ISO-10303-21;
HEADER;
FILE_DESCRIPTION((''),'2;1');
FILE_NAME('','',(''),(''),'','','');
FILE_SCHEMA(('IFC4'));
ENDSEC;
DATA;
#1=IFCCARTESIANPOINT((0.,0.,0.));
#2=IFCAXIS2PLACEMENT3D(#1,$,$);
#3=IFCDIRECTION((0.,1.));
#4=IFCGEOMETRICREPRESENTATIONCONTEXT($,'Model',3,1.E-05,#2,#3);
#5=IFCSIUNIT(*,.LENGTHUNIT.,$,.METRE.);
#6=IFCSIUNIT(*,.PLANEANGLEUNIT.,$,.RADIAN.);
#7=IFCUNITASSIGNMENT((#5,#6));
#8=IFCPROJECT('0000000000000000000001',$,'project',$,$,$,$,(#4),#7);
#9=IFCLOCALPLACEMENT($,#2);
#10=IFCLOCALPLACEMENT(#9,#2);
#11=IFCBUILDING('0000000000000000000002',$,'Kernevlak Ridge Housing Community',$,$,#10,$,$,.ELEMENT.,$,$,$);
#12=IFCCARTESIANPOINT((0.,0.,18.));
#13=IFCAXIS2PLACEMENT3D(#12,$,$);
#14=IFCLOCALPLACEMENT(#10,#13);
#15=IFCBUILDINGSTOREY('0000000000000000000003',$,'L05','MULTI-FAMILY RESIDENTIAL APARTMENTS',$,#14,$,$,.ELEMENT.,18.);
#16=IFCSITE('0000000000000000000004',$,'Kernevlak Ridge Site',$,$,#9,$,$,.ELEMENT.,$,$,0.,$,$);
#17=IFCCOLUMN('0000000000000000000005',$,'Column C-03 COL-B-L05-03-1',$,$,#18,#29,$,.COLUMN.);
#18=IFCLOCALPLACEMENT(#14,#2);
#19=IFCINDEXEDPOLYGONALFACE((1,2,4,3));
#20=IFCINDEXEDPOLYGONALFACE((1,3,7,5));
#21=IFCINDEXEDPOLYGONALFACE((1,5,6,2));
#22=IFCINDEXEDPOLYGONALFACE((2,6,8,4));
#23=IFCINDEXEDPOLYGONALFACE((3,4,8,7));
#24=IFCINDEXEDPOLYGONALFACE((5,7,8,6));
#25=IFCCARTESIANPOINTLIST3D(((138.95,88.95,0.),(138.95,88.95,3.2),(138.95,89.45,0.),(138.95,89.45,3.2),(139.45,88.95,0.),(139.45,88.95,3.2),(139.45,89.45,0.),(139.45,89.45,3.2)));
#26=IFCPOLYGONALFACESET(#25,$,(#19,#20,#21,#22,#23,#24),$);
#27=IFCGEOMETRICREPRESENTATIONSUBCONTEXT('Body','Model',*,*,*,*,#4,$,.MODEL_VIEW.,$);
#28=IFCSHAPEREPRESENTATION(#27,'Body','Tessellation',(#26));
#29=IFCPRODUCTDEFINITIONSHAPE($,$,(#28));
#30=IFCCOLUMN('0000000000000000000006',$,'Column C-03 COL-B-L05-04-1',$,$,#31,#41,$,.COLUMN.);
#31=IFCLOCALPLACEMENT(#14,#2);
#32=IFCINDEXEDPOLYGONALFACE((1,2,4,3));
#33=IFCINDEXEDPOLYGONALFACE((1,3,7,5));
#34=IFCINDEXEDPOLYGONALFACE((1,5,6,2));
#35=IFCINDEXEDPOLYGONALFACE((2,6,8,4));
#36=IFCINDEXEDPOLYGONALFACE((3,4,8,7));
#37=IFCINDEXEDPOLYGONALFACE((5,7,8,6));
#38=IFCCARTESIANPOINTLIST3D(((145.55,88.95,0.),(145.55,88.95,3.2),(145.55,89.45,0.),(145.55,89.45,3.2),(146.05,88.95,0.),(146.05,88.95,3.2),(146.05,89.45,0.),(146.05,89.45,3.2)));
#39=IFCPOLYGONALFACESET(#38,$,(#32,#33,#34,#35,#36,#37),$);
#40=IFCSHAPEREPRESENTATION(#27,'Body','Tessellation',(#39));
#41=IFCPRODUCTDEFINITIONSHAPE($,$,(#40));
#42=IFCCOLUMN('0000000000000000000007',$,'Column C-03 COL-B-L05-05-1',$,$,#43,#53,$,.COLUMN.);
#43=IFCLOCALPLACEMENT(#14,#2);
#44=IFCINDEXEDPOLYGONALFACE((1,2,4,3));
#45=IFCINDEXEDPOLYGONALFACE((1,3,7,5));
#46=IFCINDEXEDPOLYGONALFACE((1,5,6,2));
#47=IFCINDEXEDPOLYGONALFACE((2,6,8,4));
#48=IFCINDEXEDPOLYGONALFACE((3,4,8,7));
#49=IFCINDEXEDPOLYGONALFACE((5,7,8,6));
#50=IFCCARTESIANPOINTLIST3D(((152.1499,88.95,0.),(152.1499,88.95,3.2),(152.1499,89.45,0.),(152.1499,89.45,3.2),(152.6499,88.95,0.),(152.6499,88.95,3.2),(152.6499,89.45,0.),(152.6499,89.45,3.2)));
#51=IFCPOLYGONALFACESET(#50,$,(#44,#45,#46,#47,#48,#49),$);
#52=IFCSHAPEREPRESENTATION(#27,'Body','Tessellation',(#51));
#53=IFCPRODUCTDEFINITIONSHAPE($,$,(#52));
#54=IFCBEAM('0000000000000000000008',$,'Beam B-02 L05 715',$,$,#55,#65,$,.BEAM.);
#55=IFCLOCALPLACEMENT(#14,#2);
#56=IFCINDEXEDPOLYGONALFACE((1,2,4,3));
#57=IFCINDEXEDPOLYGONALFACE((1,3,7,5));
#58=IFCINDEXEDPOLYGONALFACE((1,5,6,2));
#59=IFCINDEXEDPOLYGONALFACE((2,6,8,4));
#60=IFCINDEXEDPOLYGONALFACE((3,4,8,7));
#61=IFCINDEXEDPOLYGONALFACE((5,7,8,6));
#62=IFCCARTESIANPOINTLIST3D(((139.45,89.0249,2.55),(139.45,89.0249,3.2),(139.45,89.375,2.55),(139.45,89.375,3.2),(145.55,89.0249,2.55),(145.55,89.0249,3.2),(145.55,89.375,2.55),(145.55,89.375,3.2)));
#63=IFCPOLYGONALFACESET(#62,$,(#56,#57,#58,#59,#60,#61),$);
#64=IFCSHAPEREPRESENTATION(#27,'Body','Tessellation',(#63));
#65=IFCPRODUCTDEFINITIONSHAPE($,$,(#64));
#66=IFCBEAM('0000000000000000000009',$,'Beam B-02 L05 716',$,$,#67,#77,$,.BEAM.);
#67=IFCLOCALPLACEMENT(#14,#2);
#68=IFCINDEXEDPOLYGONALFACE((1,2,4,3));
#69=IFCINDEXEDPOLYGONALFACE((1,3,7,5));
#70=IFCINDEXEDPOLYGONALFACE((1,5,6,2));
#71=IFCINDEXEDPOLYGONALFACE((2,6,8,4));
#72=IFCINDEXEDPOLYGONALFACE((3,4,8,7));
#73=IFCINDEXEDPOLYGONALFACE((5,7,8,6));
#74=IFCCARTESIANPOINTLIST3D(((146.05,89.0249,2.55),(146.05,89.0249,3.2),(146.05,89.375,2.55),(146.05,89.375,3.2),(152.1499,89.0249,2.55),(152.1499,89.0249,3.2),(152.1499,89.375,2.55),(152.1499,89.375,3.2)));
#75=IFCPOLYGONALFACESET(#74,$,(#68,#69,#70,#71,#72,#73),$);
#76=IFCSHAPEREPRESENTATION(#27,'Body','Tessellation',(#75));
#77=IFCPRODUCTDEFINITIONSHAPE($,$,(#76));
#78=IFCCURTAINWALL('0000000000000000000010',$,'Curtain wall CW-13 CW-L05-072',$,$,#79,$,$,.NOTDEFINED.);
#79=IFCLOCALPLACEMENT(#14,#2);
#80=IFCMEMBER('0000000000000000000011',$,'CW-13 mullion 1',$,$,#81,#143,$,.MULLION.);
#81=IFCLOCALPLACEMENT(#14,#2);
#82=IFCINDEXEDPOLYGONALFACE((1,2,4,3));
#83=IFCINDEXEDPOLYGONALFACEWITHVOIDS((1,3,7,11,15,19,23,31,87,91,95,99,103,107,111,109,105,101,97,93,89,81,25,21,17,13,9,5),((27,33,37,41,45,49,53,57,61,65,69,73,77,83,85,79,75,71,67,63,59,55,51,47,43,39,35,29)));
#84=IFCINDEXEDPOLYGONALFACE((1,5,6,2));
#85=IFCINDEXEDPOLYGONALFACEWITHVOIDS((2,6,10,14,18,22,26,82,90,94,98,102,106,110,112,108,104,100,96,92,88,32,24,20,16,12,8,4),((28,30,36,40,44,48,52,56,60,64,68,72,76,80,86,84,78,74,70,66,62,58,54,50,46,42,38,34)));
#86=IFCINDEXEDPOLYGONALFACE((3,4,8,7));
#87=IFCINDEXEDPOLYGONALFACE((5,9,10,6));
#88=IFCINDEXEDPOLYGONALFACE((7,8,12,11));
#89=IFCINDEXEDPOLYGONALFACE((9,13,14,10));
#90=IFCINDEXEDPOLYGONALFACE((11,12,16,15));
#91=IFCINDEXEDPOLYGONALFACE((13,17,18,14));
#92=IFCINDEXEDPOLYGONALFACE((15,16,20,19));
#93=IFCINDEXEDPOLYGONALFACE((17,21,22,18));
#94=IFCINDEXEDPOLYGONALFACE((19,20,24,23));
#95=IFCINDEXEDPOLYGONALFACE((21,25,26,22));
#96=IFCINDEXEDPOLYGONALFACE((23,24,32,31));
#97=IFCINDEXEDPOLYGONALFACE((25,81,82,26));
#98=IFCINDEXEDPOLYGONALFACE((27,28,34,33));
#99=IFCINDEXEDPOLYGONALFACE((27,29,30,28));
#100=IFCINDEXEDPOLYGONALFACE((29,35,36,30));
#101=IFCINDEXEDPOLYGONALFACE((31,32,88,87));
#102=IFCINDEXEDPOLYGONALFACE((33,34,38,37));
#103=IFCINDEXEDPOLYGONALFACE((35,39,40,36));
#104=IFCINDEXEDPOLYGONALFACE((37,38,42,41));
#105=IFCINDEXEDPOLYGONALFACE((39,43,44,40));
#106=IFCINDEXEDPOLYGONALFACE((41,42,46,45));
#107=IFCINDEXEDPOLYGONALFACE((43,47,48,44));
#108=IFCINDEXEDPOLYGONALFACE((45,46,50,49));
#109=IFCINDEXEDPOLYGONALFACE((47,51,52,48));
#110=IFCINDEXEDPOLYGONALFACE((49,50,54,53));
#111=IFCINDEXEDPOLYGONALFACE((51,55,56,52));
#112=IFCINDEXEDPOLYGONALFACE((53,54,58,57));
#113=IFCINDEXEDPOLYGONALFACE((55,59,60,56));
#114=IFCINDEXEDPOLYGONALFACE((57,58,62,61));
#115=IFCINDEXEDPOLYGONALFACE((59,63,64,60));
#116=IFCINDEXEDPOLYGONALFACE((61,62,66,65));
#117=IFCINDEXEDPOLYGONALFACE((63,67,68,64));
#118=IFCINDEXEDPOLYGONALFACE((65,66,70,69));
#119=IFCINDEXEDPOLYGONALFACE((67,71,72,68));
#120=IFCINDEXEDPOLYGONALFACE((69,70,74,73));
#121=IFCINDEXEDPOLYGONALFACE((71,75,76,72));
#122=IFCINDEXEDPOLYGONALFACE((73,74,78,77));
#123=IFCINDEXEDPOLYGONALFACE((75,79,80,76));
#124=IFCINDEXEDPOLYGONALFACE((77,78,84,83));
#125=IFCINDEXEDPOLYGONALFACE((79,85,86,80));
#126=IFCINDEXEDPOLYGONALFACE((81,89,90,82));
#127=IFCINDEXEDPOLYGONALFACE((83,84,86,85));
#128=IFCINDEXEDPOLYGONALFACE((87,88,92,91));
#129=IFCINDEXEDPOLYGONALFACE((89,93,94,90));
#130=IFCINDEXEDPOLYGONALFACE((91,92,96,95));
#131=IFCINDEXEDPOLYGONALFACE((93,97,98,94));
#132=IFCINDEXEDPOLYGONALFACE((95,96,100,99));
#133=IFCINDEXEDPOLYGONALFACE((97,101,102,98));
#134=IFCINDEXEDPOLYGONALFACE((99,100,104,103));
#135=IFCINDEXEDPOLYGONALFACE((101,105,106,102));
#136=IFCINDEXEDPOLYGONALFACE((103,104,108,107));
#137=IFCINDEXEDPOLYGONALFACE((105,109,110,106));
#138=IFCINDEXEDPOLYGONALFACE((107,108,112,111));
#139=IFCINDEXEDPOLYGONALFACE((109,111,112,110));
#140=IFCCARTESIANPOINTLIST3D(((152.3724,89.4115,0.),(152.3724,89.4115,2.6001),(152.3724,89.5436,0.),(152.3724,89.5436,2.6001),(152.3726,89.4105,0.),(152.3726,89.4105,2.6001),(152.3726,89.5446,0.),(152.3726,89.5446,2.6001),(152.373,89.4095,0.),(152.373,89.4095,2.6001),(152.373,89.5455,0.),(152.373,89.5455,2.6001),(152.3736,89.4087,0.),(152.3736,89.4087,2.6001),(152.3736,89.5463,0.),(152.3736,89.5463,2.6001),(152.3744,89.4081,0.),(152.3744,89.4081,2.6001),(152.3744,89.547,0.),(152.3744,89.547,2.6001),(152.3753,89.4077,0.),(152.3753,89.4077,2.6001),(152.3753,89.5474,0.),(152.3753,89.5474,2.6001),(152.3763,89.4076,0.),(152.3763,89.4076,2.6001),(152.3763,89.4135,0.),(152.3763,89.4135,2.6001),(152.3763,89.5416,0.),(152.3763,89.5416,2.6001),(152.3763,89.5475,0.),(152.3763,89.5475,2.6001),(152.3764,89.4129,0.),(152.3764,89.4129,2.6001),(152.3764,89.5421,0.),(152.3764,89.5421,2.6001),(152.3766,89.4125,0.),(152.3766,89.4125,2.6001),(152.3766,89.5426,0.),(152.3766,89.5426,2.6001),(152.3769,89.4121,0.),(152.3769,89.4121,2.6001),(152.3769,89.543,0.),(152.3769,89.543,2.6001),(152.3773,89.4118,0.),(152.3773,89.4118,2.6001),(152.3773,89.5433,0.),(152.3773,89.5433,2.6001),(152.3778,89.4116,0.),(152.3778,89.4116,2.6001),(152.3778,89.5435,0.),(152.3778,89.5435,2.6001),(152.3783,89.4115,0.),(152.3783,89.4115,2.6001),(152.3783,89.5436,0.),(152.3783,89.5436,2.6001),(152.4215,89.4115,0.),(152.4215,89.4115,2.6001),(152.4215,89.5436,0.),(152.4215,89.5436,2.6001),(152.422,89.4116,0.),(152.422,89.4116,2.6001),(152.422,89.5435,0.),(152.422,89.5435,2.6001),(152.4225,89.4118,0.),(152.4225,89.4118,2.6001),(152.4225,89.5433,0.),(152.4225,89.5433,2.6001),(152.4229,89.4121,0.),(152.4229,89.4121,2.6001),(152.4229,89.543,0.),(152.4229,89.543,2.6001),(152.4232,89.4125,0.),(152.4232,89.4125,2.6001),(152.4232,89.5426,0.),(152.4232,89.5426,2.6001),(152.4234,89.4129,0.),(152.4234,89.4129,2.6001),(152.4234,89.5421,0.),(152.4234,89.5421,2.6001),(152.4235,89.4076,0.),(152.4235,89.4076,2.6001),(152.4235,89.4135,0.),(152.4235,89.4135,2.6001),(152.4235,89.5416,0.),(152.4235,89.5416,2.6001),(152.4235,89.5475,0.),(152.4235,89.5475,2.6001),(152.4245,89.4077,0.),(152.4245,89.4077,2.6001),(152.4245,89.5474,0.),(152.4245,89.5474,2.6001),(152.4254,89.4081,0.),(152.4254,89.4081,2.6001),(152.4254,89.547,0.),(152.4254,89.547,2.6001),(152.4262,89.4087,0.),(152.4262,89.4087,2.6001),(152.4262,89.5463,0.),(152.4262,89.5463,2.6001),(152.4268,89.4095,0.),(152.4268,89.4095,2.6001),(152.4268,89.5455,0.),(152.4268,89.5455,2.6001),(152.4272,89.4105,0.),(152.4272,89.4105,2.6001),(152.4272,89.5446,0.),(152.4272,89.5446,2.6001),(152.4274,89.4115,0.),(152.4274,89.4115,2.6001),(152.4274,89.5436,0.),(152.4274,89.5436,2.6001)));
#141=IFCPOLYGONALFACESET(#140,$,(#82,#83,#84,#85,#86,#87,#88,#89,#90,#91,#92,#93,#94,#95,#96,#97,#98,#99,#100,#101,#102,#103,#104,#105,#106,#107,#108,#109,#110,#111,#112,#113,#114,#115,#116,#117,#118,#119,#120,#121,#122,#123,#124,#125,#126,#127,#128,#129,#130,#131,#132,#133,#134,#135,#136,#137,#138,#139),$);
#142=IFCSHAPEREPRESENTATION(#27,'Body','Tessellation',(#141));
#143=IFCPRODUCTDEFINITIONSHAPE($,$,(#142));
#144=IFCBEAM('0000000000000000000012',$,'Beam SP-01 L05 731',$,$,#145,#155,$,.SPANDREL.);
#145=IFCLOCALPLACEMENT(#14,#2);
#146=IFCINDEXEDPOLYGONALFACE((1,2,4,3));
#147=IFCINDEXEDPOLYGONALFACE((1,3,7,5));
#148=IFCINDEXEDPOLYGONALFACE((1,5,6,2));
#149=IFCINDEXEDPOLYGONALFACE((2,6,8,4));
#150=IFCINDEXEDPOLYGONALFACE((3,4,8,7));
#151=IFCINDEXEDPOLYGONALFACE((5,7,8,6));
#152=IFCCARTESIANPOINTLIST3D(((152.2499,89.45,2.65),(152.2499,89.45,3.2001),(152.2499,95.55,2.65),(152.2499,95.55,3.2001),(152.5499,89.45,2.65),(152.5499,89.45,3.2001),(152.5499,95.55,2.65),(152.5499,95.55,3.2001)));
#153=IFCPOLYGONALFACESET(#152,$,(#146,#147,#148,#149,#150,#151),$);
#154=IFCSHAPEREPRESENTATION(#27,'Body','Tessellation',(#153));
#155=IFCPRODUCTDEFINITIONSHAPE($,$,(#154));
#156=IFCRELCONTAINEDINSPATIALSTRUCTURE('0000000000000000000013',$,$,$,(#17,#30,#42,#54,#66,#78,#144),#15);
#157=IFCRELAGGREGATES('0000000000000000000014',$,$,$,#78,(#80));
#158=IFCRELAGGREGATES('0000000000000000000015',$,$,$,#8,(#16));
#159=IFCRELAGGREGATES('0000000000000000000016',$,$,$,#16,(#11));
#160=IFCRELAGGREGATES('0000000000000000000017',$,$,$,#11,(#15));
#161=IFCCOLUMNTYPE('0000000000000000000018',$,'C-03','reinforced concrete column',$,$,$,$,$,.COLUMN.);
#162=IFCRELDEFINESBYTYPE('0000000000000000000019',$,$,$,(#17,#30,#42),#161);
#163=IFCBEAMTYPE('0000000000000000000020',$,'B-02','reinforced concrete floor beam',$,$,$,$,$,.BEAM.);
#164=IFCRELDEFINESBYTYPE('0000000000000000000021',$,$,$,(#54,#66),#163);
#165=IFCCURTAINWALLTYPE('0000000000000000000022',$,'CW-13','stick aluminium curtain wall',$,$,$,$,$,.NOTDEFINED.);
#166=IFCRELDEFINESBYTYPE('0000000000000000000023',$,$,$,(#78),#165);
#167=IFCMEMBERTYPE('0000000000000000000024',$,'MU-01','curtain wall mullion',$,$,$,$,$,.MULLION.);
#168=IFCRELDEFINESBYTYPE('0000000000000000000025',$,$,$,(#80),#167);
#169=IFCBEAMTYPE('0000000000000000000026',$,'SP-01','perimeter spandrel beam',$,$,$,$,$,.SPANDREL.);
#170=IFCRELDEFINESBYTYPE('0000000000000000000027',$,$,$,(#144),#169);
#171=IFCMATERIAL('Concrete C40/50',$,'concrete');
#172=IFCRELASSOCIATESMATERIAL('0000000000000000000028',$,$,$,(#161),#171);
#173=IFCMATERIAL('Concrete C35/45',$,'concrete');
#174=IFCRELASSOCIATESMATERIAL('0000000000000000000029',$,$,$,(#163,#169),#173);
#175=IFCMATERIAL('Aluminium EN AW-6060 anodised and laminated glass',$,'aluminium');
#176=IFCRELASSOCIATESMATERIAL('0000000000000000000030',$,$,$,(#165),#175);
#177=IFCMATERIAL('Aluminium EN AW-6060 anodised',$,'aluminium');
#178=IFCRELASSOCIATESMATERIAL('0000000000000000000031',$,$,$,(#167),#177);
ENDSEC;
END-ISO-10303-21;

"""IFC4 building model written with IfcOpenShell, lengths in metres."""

from ifc_helpers import new_model, si_unit, direction, frame, origin, origin_2d, place, context, subcontext, project, spatial, rectangle, hollow_rectangle, extrude, material, material_profile, profile_set, type_object, element, aggregate, save


model = new_model("IFC4")

# Units and contexts
model_context = context("Model", 3, precision=1e-05, world=origin(), true_north=direction((0.0, 1.0)))
body_context = subcontext(model_context, "Body", "Model", "MODEL_VIEW")
ifc_project = project(units=[si_unit("LENGTHUNIT", "METRE"), si_unit("PLANEANGLEUNIT", "RADIAN")], contexts=[model_context])

# Site, building, storey
site_placement = place(None, origin())
site = spatial("IfcSite", under=ifc_project, at=site_placement, Name="Kernevlak Ridge Site", CompositionType="ELEMENT", RefElevation=0.0)
building_placement = place(site_placement, origin())
building = spatial("IfcBuilding", under=site, at=building_placement, Name="Kernevlak Ridge Housing Community", CompositionType="ELEMENT")
storey_placement = place(building_placement, frame((0.0, 0.0, 18.0)))
storey = spatial("IfcBuildingStorey", under=building, at=storey_placement, Name="L05", Description="MULTI-FAMILY RESIDENTIAL APARTMENTS", CompositionType="ELEMENT", Elevation=18.0)

# Columns
ifc_material_1 = material(Name="Concrete C40/50", Category="concrete")
ifc_material_profile_1 = material_profile(ifc_material_1, rectangle(XDim=0.5, YDim=0.5, at=origin_2d()), Name="RC 500x500")
ifc_profile_set_1 = profile_set([ifc_material_profile_1], Name="Concrete C40/50")
column_type = type_object("IfcColumnType", Name="C-03", Description="reinforced concrete column", PredefinedType="COLUMN", material=ifc_profile_set_1)
for number, where, z_axis, x_axis, name in (
    (1, (139.2, 89.2, 0.0), (0.0, 0.0, 1.0), (1.0, 0.0, 0.0), "Column C-03 COL-B-L05-03-1"),
    (2, (145.8, 89.2, 0.0), (0.0, 0.0, 1.0), (1.0, 0.0, 0.0), "Column C-03 COL-B-L05-04-1"),
    (3, (152.3999, 89.2, 0.0), (0.0, 0.0, 1.0), (1.0, 0.0, 0.0), "Column C-03 COL-B-L05-05-1"),
):
    element("IfcColumn", number, at=place(storey_placement, frame(where, z_axis=z_axis, x_axis=x_axis)), inside=storey, type_object=column_type, Name=name, PredefinedType="COLUMN", context=body_context, shape_type="SweptSolid", body=[
        extrude(rectangle(XDim=0.5, YDim=0.5, at=origin_2d()), origin(), (0.0, 0.0, 1.0), 3.2),
    ])

# Beams
ifc_material_2 = material(Name="Concrete C35/45", Category="concrete")
ifc_material_profile_2 = material_profile(ifc_material_2, rectangle(XDim=0.3501, YDim=0.6499, at=origin_2d()), Name="RC 350x650")
ifc_profile_set_2 = profile_set([ifc_material_profile_2], Name="Concrete C35/45")
beam_type_1 = type_object("IfcBeamType", Name="B-02", Description="reinforced concrete floor beam", PredefinedType="BEAM", material=ifc_profile_set_2)
beam_1_placement = place(storey_placement, frame((139.45, 89.2, 2.875), z_axis=(1.0, 0.0, 0.0), x_axis=(0.0, 1.0, 0.0)))
element("IfcBeam", 4, at=beam_1_placement, inside=storey, type_object=beam_type_1, Name="Beam B-02 L05 715", PredefinedType="BEAM", context=body_context, shape_type="SweptSolid", body=[
    extrude(rectangle(XDim=0.3501, YDim=0.6499, at=origin_2d()), origin(), (0.0, 0.0, 1.0), 6.1001),
])
beam_2_placement = place(storey_placement, frame((146.05, 89.2, 2.875), z_axis=(1.0, 0.0, 0.0), x_axis=(0.0, 1.0, 0.0)))
element("IfcBeam", 5, at=beam_2_placement, inside=storey, type_object=beam_type_1, Name="Beam B-02 L05 716", PredefinedType="BEAM", context=body_context, shape_type="SweptSolid", body=[
    extrude(rectangle(XDim=0.3501, YDim=0.6499, at=origin_2d()), origin(), (0.0, 0.0, 1.0), 6.0999),
])

# Curtain wall, member
ifc_material_3 = material(Name="Aluminium EN AW-6060 anodised and laminated glass", Category="aluminium")
curtain_wall_type = type_object("IfcCurtainWallType", Name="CW-13", Description="stick aluminium curtain wall", PredefinedType="NOTDEFINED", material=ifc_material_3)
curtain_wall_placement = place(storey_placement, origin())
curtain_wall = element("IfcCurtainWall", 6, at=curtain_wall_placement, inside=storey, type_object=curtain_wall_type, Name="Curtain wall CW-13 CW-L05-072", PredefinedType="NOTDEFINED")
ifc_material_4 = material(Name="Aluminium EN AW-6060 anodised", Category="aluminium")
ifc_material_profile_3 = material_profile(ifc_material_4, hollow_rectangle(XDim=0.0549, YDim=0.1399, WallThickness=0.0039, InnerFilletRadius=0.002, OuterFilletRadius=0.0039, at=origin_2d()), Name="ALU 55x140x4")
ifc_profile_set_3 = profile_set([ifc_material_profile_3], Name="Aluminium EN AW-6060 anodised")
member_type_1 = type_object("IfcMemberType", Name="MU-01", Description="curtain wall mullion", PredefinedType="MULLION", material=ifc_profile_set_3)
member_1_placement = place(storey_placement, frame((152.3999, 89.4775, 0.0), z_axis=(0.0, 0.0, 1.0), x_axis=(-1.0, 0.0, 0.0)))
member_1 = element("IfcMember", 7, at=member_1_placement, type_object=member_type_1, Name="CW-13 mullion 1", PredefinedType="MULLION", context=body_context, shape_type="SweptSolid", body=[
    extrude(hollow_rectangle(XDim=0.0549, YDim=0.1399, WallThickness=0.0039, InnerFilletRadius=0.002, OuterFilletRadius=0.0039, at=origin_2d()), origin(), (0.0, 0.0, 1.0), 2.6001),
])

# Beam
ifc_material_profile_4 = material_profile(ifc_material_2, rectangle(XDim=0.3, YDim=0.55, at=origin_2d()), Name="RC 300x550")
ifc_profile_set_4 = profile_set([ifc_material_profile_4], Name="Concrete C35/45")
beam_type_2 = type_object("IfcBeamType", Name="SP-01", Description="perimeter spandrel beam", PredefinedType="SPANDREL", material=ifc_profile_set_4)
beam_3_placement = place(storey_placement, frame((152.3999, 89.45, 2.925), z_axis=(0.0, 1.0, 0.0), x_axis=(-1.0, 0.0, 0.0)))
element("IfcBeam", 8, at=beam_3_placement, inside=storey, type_object=beam_type_2, Name="Beam SP-01 L05 731", PredefinedType="SPANDREL", context=body_context, shape_type="SweptSolid", body=[
    extrude(rectangle(XDim=0.3, YDim=0.55, at=origin_2d()), origin(), (0.0, 0.0, 1.0), 6.1001),
])

aggregate(curtain_wall, [member_1])

save(model, "model.ifc")
